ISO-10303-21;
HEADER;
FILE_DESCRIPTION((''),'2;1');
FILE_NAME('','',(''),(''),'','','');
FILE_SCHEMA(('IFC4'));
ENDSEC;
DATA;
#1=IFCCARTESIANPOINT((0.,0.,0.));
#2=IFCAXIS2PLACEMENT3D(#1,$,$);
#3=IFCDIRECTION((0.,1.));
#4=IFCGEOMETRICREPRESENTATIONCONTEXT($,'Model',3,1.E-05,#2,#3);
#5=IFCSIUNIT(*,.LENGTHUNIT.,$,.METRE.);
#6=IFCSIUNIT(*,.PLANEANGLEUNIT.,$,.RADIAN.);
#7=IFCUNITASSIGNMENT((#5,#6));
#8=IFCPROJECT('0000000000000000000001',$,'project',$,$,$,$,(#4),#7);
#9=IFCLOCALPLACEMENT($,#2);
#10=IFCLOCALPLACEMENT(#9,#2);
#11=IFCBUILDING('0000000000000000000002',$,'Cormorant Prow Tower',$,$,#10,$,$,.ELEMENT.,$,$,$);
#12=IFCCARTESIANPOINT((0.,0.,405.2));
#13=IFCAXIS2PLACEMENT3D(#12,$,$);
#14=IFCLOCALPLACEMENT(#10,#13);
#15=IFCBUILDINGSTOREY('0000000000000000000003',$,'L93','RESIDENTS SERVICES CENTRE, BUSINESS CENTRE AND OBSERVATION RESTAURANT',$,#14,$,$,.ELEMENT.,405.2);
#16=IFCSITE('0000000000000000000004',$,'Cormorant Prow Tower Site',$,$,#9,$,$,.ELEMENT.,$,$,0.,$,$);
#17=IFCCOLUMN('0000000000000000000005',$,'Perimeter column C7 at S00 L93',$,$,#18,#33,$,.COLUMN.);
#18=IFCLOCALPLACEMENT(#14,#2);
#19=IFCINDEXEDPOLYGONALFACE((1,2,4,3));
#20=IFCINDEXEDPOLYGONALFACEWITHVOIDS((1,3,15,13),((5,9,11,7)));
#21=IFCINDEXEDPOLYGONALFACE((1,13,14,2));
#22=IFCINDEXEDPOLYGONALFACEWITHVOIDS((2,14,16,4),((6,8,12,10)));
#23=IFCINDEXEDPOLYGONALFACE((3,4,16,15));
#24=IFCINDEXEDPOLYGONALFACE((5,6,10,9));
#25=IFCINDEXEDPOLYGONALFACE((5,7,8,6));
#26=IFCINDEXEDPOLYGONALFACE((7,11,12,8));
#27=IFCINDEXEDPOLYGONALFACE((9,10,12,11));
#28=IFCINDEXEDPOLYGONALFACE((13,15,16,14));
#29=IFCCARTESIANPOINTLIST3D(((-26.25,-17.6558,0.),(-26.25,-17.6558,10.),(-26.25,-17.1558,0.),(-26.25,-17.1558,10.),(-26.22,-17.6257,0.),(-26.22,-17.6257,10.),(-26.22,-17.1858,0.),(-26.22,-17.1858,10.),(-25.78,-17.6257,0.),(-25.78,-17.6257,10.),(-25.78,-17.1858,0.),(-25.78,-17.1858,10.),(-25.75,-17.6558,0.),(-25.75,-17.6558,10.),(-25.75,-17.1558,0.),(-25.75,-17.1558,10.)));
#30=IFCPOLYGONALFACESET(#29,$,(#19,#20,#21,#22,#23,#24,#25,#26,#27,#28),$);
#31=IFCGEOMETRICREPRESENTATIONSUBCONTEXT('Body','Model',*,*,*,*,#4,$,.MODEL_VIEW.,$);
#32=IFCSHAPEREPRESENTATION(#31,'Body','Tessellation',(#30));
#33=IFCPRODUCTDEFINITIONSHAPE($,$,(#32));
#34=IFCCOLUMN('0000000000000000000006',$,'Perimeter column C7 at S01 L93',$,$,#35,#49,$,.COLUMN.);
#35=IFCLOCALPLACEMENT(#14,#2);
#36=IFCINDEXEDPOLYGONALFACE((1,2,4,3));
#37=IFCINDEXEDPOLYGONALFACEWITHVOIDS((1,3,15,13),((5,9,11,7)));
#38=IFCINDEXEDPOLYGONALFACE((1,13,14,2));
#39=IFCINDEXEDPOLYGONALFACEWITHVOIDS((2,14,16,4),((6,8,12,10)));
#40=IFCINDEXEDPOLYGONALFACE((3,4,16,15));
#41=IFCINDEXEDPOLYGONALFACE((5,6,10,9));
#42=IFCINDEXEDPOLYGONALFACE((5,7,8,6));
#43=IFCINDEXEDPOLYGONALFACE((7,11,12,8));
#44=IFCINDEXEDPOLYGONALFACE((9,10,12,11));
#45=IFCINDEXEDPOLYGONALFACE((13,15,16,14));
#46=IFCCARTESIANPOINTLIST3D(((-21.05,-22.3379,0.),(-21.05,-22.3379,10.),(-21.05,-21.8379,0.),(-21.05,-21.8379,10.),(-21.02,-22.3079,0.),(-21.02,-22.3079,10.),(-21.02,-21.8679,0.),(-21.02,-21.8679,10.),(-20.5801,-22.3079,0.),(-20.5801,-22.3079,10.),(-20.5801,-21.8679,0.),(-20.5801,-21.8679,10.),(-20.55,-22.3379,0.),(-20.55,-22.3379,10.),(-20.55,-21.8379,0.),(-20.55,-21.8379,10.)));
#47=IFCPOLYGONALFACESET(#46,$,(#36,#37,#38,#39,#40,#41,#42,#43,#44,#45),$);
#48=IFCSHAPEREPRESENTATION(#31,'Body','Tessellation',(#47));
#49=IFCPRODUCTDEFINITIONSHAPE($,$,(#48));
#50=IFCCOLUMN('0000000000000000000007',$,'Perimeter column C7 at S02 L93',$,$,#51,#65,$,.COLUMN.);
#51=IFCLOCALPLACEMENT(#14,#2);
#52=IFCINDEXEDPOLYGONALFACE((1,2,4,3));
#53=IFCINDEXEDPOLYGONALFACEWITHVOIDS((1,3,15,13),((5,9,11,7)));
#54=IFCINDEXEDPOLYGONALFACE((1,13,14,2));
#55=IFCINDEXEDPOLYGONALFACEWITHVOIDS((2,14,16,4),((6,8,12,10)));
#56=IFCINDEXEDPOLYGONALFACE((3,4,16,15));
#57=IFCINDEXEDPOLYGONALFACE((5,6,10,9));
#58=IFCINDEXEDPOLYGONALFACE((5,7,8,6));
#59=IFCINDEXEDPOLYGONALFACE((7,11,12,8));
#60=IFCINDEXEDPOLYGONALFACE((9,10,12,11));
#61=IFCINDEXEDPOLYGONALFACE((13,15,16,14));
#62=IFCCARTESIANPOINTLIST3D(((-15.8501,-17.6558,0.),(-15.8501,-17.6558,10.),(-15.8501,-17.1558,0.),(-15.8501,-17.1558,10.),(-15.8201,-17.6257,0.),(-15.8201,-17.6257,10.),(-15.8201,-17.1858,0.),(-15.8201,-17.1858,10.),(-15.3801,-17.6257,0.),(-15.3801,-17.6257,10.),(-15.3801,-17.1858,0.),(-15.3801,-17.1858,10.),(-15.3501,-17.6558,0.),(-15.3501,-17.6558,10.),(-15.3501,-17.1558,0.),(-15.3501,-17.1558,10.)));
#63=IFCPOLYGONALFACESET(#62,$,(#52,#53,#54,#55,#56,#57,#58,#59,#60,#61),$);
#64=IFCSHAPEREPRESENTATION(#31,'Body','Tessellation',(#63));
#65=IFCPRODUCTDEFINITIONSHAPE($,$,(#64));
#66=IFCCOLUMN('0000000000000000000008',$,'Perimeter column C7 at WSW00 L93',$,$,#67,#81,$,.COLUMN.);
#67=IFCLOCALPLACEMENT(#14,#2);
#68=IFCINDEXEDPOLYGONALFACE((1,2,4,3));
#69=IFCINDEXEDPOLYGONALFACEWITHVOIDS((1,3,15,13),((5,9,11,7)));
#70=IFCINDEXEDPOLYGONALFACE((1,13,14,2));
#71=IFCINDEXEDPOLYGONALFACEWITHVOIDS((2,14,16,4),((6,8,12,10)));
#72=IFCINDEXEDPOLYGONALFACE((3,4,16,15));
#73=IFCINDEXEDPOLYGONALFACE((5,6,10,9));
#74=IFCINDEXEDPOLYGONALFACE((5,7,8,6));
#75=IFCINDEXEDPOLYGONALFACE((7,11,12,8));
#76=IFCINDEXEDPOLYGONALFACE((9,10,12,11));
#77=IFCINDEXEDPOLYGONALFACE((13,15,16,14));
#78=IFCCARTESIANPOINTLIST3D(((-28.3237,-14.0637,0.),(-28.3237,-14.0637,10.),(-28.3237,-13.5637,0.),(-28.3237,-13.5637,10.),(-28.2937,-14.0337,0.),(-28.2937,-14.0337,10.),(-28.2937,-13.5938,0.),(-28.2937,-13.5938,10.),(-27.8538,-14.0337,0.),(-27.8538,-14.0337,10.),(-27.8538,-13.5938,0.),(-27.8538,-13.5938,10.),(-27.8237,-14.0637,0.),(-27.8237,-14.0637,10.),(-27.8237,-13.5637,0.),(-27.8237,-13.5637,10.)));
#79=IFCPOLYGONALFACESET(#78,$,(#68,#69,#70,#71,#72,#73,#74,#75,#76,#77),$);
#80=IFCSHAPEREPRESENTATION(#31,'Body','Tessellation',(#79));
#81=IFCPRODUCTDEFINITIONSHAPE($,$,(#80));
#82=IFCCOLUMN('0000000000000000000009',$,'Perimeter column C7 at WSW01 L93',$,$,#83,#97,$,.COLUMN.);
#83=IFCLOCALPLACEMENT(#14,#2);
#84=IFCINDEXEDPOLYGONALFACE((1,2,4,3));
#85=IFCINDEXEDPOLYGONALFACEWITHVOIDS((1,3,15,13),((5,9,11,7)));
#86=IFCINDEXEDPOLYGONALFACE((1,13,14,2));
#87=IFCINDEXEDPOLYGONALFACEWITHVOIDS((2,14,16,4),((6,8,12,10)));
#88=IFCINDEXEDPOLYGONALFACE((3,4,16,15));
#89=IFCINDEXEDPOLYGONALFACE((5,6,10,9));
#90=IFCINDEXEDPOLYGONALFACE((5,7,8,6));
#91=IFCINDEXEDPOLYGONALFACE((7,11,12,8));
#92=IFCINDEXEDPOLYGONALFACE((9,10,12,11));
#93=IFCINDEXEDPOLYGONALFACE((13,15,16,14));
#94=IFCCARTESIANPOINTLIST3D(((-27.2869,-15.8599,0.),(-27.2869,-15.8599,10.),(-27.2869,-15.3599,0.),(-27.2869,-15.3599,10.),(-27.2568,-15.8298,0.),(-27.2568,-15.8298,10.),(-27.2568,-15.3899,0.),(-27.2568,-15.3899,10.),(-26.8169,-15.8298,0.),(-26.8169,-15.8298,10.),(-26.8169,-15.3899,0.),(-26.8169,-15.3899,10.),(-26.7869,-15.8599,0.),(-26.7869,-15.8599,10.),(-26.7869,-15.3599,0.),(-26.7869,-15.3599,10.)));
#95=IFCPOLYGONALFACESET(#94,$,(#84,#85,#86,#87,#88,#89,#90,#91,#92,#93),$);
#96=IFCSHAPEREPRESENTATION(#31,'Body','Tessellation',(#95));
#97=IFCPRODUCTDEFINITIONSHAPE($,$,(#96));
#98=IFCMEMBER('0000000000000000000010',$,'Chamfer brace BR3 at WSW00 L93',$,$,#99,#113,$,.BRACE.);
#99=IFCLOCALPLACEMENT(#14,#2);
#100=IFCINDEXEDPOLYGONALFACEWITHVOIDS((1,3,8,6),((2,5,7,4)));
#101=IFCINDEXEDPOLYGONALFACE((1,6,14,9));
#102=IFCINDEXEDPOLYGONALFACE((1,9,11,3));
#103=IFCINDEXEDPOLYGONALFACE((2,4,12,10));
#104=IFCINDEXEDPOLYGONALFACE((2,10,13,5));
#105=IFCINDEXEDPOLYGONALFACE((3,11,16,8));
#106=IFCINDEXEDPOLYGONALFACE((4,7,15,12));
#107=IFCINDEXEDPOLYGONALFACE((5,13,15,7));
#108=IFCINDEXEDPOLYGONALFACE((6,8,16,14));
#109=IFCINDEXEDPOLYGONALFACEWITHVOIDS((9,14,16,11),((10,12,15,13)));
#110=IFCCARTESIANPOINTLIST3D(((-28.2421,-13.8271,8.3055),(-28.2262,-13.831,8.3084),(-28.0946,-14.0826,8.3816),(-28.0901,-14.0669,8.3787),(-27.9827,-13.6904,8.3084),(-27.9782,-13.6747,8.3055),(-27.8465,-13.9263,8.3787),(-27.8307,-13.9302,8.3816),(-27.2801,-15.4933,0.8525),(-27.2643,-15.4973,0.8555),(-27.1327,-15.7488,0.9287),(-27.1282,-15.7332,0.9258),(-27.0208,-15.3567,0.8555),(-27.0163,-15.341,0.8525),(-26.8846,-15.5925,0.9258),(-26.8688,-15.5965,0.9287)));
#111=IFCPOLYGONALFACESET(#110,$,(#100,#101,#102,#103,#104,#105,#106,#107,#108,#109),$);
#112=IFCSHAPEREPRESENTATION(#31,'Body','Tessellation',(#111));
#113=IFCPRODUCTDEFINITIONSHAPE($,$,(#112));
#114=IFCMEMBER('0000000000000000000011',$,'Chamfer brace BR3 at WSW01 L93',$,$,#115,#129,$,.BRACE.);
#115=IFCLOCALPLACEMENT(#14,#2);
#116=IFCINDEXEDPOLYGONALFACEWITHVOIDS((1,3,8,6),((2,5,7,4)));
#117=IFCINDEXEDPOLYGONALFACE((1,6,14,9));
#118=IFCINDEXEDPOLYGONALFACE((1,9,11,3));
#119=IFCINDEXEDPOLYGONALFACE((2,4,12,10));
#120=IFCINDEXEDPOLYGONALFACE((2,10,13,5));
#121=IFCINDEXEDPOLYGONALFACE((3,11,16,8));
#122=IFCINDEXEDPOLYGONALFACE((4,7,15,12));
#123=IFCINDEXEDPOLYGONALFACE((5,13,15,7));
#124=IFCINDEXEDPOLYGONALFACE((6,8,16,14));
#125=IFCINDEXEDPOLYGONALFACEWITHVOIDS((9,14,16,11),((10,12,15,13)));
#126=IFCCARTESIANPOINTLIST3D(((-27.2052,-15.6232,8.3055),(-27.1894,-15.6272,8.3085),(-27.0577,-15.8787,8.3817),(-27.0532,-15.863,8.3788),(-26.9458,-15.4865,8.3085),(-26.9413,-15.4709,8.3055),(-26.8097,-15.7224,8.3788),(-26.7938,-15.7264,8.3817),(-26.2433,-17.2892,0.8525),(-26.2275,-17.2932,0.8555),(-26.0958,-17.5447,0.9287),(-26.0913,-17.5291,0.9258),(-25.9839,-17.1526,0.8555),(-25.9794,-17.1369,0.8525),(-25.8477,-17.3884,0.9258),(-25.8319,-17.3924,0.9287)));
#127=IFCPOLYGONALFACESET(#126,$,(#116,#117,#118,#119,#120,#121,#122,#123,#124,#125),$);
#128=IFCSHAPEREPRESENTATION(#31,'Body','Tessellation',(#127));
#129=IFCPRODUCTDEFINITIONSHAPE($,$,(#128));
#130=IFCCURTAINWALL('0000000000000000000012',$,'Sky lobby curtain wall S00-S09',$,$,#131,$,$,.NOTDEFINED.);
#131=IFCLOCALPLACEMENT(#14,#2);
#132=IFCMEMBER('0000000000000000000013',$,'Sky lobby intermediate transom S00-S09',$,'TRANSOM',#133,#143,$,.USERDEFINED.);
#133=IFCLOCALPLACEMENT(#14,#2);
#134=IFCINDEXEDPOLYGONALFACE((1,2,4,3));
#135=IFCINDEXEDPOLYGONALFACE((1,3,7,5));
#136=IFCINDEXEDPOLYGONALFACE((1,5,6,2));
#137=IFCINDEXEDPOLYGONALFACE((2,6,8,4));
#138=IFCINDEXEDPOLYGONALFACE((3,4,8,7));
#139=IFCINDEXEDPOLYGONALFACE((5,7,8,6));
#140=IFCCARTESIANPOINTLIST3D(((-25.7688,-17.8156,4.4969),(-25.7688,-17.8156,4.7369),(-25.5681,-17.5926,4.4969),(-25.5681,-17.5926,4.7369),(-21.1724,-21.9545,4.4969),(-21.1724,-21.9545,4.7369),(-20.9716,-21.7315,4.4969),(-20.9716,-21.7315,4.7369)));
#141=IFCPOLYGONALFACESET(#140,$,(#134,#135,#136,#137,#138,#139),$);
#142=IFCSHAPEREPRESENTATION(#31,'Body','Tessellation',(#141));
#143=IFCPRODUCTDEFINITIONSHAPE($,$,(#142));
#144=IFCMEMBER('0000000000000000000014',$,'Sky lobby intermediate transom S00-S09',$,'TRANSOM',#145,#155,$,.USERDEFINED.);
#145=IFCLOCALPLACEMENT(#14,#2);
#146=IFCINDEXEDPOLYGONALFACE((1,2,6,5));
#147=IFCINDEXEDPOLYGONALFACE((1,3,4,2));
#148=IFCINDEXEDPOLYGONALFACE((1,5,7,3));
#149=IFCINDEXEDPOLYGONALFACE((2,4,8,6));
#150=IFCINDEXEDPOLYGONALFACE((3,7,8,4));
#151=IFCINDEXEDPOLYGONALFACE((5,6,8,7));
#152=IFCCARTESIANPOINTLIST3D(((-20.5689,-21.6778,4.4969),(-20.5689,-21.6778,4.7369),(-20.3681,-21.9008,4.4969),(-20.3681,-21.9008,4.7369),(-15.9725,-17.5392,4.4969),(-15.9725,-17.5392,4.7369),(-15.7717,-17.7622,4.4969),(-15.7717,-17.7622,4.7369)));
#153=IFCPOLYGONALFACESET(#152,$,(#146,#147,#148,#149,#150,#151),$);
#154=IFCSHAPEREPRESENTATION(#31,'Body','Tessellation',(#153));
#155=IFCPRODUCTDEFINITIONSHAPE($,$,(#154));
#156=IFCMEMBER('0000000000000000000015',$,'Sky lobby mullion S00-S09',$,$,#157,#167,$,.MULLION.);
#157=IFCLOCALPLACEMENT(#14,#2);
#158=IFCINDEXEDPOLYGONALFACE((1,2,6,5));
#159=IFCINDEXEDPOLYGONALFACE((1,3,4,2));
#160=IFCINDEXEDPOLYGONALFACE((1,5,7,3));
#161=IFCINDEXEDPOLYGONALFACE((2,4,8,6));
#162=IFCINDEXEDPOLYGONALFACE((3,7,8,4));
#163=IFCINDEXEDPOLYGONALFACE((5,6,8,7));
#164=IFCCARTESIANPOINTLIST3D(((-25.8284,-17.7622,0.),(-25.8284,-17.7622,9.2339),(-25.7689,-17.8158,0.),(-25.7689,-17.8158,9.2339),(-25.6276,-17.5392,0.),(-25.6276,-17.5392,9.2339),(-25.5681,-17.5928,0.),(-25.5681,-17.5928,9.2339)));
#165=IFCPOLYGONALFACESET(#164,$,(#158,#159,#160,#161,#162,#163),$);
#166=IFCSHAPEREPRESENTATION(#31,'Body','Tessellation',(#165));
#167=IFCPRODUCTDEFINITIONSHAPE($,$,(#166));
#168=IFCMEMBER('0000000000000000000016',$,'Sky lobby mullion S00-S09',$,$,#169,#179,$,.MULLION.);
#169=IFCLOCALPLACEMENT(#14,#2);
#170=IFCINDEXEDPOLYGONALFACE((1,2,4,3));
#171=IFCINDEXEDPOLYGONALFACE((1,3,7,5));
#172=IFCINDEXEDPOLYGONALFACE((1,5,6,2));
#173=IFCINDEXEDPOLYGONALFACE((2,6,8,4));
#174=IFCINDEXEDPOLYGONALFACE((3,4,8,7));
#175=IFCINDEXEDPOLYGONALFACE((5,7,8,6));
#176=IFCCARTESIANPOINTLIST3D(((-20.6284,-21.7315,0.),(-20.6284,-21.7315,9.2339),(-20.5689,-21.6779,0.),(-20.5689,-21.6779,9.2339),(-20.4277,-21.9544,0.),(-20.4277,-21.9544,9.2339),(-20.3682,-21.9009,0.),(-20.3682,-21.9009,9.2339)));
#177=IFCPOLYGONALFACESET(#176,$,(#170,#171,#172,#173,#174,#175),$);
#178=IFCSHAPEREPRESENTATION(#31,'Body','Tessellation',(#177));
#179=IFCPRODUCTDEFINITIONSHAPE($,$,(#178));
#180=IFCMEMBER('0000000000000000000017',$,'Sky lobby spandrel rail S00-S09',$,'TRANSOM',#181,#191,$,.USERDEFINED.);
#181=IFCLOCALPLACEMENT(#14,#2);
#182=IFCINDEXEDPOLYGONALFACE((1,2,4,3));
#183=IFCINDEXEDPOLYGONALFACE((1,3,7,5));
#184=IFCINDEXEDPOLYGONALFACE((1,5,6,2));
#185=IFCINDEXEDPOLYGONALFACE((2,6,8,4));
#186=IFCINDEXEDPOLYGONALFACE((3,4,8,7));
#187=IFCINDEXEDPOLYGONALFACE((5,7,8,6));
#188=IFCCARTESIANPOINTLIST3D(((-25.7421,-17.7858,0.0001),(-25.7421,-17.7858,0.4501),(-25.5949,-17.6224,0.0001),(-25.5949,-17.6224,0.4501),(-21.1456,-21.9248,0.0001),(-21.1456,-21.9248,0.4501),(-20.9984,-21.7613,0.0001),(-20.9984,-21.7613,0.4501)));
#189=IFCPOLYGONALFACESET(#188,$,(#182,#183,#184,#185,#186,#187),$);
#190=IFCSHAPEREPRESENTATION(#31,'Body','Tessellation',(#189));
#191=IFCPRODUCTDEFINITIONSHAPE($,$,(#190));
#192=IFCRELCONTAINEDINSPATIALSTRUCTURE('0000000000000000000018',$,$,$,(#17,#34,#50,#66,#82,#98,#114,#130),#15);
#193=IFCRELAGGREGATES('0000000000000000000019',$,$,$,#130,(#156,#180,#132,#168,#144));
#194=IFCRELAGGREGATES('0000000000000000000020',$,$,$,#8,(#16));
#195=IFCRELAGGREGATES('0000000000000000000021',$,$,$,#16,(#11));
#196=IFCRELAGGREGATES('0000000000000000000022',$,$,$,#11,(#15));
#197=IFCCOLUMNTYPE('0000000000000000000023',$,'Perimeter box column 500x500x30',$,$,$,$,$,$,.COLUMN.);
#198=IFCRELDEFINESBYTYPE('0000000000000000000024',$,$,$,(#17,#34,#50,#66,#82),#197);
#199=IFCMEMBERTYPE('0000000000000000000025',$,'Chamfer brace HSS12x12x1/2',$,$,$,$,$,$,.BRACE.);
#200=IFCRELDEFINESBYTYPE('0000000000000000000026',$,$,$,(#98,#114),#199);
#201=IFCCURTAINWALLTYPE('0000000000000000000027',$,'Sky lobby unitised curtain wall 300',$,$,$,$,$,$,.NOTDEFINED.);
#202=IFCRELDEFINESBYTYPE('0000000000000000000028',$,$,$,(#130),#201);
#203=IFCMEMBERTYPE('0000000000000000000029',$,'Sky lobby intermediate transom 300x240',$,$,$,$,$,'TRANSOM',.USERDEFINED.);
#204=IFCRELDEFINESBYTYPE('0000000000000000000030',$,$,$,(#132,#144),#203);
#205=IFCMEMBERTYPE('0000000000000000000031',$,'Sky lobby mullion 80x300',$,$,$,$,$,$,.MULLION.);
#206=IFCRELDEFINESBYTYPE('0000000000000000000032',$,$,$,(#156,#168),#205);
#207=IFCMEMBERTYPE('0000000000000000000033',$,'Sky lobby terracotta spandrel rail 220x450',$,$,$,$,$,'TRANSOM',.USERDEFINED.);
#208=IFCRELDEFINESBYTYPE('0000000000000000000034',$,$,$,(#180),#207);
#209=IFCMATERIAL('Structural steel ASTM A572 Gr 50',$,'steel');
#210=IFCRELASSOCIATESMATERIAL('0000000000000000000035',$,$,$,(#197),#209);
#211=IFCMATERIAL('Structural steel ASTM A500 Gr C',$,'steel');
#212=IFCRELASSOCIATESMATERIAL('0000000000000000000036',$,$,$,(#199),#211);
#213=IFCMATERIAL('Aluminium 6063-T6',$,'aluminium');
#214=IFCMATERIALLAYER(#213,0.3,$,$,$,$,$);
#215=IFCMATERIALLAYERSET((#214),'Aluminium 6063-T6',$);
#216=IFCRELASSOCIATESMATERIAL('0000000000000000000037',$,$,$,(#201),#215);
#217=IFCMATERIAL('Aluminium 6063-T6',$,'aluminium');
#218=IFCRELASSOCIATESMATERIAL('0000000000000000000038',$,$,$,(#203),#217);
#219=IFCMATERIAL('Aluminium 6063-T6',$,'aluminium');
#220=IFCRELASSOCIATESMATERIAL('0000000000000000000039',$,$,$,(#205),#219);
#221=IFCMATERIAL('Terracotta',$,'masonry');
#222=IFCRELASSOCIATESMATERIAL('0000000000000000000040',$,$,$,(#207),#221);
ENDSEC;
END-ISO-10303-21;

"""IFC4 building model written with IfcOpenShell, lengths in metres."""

from ifc_helpers import new_model, si_unit, direction, frame, origin, origin_2d, place, context, subcontext, project, spatial, rectangle, hollow_rectangle, extrude, material, layer, layer_set, material_profile, profile_set, type_object, element, aggregate, save


model = new_model("IFC4")

# Units and contexts
model_context = context("Model", 3, precision=1e-05, world=origin(), true_north=direction((0.0, 1.0)))
body_context = subcontext(model_context, "Body", "Model", "MODEL_VIEW")
ifc_project = project(units=[si_unit("LENGTHUNIT", "METRE"), si_unit("PLANEANGLEUNIT", "RADIAN")], contexts=[model_context])

# Site, building, storey
site_placement = place(None, origin())
site = spatial("IfcSite", under=ifc_project, at=site_placement, Name="Cormorant Prow Tower Site", CompositionType="ELEMENT", RefElevation=0.0)
building_placement = place(site_placement, origin())
building = spatial("IfcBuilding", under=site, at=building_placement, Name="Cormorant Prow Tower", CompositionType="ELEMENT")
storey_placement = place(building_placement, frame((0.0, 0.0, 405.2)))
storey = spatial("IfcBuildingStorey", under=building, at=storey_placement, Name="L93", Description="RESIDENTS SERVICES CENTRE, BUSINESS CENTRE AND OBSERVATION RESTAURANT", CompositionType="ELEMENT", Elevation=405.2)

# Columns
ifc_material_1 = material(Name="Structural steel ASTM A572 Gr 50", Category="steel")
ifc_material_profile_1 = material_profile(ifc_material_1, hollow_rectangle(XDim=0.5, YDim=0.5, WallThickness=0.03, at=origin_2d()), Name="Box 500x500x30")
ifc_profile_set_1 = profile_set([ifc_material_profile_1], Name="Structural steel ASTM A572 Gr 50")
column_type = type_object("IfcColumnType", Name="Perimeter box column 500x500x30", PredefinedType="COLUMN", material=ifc_profile_set_1)
for number, where, z_axis, x_axis, name in (
    (1, (-26.0, -17.4058, 0.0), (0.0, 0.0, 1.0), (1.0, 0.0, 0.0), "Perimeter column C7 at S00 L93"),
    (2, (-20.8, -22.0879, 0.0), (0.0, 0.0, 1.0), (1.0, 0.0, 0.0), "Perimeter column C7 at S01 L93"),
    (3, (-15.6001, -17.4058, 0.0), (0.0, 0.0, 1.0), (1.0, 0.0, 0.0), "Perimeter column C7 at S02 L93"),
    (4, (-28.0737, -13.8137, 0.0), (0.0, 0.0, 1.0), (1.0, 0.0, 0.0), "Perimeter column C7 at WSW00 L93"),
    (5, (-27.0369, -15.6099, 0.0), (0.0, 0.0, 1.0), (1.0, 0.0, 0.0), "Perimeter column C7 at WSW01 L93"),
):
    element("IfcColumn", number, at=place(storey_placement, frame(where, z_axis=z_axis, x_axis=x_axis)), inside=storey, type_object=column_type, Name=name, PredefinedType="COLUMN", context=body_context, shape_type="SweptSolid", body=[
        extrude(hollow_rectangle(XDim=0.5, YDim=0.5, WallThickness=0.03, at=origin_2d()), origin(), (0.0, 0.0, 1.0), 10.0),
    ])

# Members
ifc_material_2 = material(Name="Structural steel ASTM A500 Gr C", Category="steel")
ifc_material_profile_2 = material_profile(ifc_material_2, hollow_rectangle(XDim=0.3047, YDim=0.3047, WallThickness=0.0117, at=origin_2d()), Name="HSS12x12x1/2")
ifc_profile_set_2 = profile_set([ifc_material_profile_2], Name="Structural steel ASTM A500 Gr C")
member_type_1 = type_object("IfcMemberType", Name="Chamfer brace HSS12x12x1/2", PredefinedType="BRACE", material=ifc_profile_set_2)
for number, where, z_axis, x_axis, name in (
    (6, (-27.0745, -15.5449, 0.8906), (-0.124969, 0.216476, 0.968257), (-0.866048, -0.49996, 0.0), "Chamfer brace BR3 at WSW00 L93"),
    (7, (-26.0376, -17.3408, 0.8906), (-0.12497, 0.216445, 0.968263), (-0.866017, -0.500015, 0.0), "Chamfer brace BR3 at WSW01 L93"),
):
    element("IfcMember", number, at=place(storey_placement, frame(where, z_axis=z_axis, x_axis=x_axis)), inside=storey, type_object=member_type_1, Name=name, PredefinedType="BRACE", context=body_context, shape_type="SweptSolid", body=[
        extrude(hollow_rectangle(XDim=0.3047, YDim=0.3047, WallThickness=0.0117, at=origin_2d()), origin(), (0.0, 0.0, 1.0), 7.6973),
    ])

# Curtain wall, members
ifc_material_3 = material(Name="Aluminium 6063-T6", Category="aluminium")
ifc_layer_1 = layer(ifc_material_3, 0.3)
ifc_layer_set_1 = layer_set([ifc_layer_1], Name="Aluminium 6063-T6")
curtain_wall_type = type_object("IfcCurtainWallType", Name="Sky lobby unitised curtain wall 300", PredefinedType="NOTDEFINED", material=ifc_layer_set_1)
curtain_wall_placement = place(storey_placement, origin())
curtain_wall = element("IfcCurtainWall", 8, at=curtain_wall_placement, inside=storey, type_object=curtain_wall_type, Name="Sky lobby curtain wall S00-S09", PredefinedType="NOTDEFINED")
ifc_material_4 = material(Name="Aluminium 6063-T6", Category="aluminium")
ifc_material_profile_3 = material_profile(ifc_material_4, rectangle(XDim=0.3, YDim=0.24, at=origin_2d()), Name="Sky lobby intermediate transom 300x240")
ifc_profile_set_3 = profile_set([ifc_material_profile_3], Name="Aluminium 6063-T6")
member_type_2 = type_object("IfcMemberType", Name="Sky lobby intermediate transom 300x240", ElementType="TRANSOM", PredefinedType="USERDEFINED", material=ifc_profile_set_3)
member_1_placement = place(storey_placement, frame((-25.6685, -17.7041, 4.6169), z_axis=(0.743123, -0.669154, 0.0), x_axis=(0.669154, 0.743123, 0.0)))
member_1 = element("IfcMember", 9, at=member_1_placement, type_object=member_type_2, Name="Sky lobby intermediate transom S00-S09", ObjectType="TRANSOM", PredefinedType="USERDEFINED", context=body_context, shape_type="SweptSolid", body=[
    extrude(rectangle(XDim=0.3, YDim=0.24, at=origin_2d()), origin(), (0.0, 0.0, 1.0), 6.1853),
])
member_2_placement = place(storey_placement, frame((-20.4685, -21.7893, 4.6169), z_axis=(0.743143, 0.669133, 0.0), x_axis=(-0.669133, 0.743143, 0.0)))
member_2 = element("IfcMember", 10, at=member_2_placement, type_object=member_type_2, Name="Sky lobby intermediate transom S00-S09", ObjectType="TRANSOM", PredefinedType="USERDEFINED", context=body_context, shape_type="SweptSolid", body=[
    extrude(rectangle(XDim=0.3, YDim=0.24, at=origin_2d()), origin(), (0.0, 0.0, 1.0), 6.1851),
])
ifc_material_5 = material(Name="Aluminium 6063-T6", Category="aluminium")
ifc_material_profile_4 = material_profile(ifc_material_5, rectangle(XDim=0.3, YDim=0.0801, at=origin_2d()), Name="Sky lobby mullion 80x300")
ifc_profile_set_4 = profile_set([ifc_material_profile_4], Name="Aluminium 6063-T6")
member_type_3 = type_object("IfcMemberType", Name="Sky lobby mullion 80x300", PredefinedType="MULLION", material=ifc_profile_set_4)
member_3_placement = place(storey_placement, frame((-25.6982, -17.6775, 0.0), z_axis=(0.0, 0.0, 1.0), x_axis=(0.669131, 0.743145, 0.0)))
member_3 = element("IfcMember", 11, at=member_3_placement, type_object=member_type_3, Name="Sky lobby mullion S00-S09", PredefinedType="MULLION", context=body_context, shape_type="SweptSolid", body=[
    extrude(rectangle(XDim=0.3, YDim=0.0801, at=origin_2d()), origin(), (0.0, 0.0, 1.0), 9.2339),
])
member_4_placement = place(storey_placement, frame((-20.4983, -21.8162, 0.0), z_axis=(0.0, 0.0, 1.0), x_axis=(-0.669131, 0.743145, 0.0)))
member_4 = element("IfcMember", 12, at=member_4_placement, type_object=member_type_3, Name="Sky lobby mullion S00-S09", PredefinedType="MULLION", context=body_context, shape_type="SweptSolid", body=[
    extrude(rectangle(XDim=0.3, YDim=0.0801, at=origin_2d()), origin(), (0.0, 0.0, 1.0), 9.2339),
])
ifc_material_6 = material(Name="Terracotta", Category="masonry")
ifc_material_profile_5 = material_profile(ifc_material_6, rectangle(XDim=0.22, YDim=0.45, at=origin_2d()), Name="Sky lobby terracotta spandrel rail 220x450")
ifc_profile_set_5 = profile_set([ifc_material_profile_5], Name="Terracotta")
member_type_4 = type_object("IfcMemberType", Name="Sky lobby terracotta spandrel rail 220x450", ElementType="TRANSOM", PredefinedType="USERDEFINED", material=ifc_profile_set_5)
member_5_placement = place(storey_placement, frame((-25.6685, -17.7041, 0.2251), z_axis=(0.743123, -0.669154, 0.0), x_axis=(0.669154, 0.743123, 0.0)))
member_5 = element("IfcMember", 13, at=member_5_placement, type_object=member_type_4, Name="Sky lobby spandrel rail S00-S09", ObjectType="TRANSOM", PredefinedType="USERDEFINED", context=body_context, shape_type="SweptSolid", body=[
    extrude(rectangle(XDim=0.22, YDim=0.45, at=origin_2d()), origin(), (0.0, 0.0, 1.0), 6.1853),
])

aggregate(curtain_wall, [member_3, member_5, member_1, member_4, member_2])

save(model, "model.ifc")
